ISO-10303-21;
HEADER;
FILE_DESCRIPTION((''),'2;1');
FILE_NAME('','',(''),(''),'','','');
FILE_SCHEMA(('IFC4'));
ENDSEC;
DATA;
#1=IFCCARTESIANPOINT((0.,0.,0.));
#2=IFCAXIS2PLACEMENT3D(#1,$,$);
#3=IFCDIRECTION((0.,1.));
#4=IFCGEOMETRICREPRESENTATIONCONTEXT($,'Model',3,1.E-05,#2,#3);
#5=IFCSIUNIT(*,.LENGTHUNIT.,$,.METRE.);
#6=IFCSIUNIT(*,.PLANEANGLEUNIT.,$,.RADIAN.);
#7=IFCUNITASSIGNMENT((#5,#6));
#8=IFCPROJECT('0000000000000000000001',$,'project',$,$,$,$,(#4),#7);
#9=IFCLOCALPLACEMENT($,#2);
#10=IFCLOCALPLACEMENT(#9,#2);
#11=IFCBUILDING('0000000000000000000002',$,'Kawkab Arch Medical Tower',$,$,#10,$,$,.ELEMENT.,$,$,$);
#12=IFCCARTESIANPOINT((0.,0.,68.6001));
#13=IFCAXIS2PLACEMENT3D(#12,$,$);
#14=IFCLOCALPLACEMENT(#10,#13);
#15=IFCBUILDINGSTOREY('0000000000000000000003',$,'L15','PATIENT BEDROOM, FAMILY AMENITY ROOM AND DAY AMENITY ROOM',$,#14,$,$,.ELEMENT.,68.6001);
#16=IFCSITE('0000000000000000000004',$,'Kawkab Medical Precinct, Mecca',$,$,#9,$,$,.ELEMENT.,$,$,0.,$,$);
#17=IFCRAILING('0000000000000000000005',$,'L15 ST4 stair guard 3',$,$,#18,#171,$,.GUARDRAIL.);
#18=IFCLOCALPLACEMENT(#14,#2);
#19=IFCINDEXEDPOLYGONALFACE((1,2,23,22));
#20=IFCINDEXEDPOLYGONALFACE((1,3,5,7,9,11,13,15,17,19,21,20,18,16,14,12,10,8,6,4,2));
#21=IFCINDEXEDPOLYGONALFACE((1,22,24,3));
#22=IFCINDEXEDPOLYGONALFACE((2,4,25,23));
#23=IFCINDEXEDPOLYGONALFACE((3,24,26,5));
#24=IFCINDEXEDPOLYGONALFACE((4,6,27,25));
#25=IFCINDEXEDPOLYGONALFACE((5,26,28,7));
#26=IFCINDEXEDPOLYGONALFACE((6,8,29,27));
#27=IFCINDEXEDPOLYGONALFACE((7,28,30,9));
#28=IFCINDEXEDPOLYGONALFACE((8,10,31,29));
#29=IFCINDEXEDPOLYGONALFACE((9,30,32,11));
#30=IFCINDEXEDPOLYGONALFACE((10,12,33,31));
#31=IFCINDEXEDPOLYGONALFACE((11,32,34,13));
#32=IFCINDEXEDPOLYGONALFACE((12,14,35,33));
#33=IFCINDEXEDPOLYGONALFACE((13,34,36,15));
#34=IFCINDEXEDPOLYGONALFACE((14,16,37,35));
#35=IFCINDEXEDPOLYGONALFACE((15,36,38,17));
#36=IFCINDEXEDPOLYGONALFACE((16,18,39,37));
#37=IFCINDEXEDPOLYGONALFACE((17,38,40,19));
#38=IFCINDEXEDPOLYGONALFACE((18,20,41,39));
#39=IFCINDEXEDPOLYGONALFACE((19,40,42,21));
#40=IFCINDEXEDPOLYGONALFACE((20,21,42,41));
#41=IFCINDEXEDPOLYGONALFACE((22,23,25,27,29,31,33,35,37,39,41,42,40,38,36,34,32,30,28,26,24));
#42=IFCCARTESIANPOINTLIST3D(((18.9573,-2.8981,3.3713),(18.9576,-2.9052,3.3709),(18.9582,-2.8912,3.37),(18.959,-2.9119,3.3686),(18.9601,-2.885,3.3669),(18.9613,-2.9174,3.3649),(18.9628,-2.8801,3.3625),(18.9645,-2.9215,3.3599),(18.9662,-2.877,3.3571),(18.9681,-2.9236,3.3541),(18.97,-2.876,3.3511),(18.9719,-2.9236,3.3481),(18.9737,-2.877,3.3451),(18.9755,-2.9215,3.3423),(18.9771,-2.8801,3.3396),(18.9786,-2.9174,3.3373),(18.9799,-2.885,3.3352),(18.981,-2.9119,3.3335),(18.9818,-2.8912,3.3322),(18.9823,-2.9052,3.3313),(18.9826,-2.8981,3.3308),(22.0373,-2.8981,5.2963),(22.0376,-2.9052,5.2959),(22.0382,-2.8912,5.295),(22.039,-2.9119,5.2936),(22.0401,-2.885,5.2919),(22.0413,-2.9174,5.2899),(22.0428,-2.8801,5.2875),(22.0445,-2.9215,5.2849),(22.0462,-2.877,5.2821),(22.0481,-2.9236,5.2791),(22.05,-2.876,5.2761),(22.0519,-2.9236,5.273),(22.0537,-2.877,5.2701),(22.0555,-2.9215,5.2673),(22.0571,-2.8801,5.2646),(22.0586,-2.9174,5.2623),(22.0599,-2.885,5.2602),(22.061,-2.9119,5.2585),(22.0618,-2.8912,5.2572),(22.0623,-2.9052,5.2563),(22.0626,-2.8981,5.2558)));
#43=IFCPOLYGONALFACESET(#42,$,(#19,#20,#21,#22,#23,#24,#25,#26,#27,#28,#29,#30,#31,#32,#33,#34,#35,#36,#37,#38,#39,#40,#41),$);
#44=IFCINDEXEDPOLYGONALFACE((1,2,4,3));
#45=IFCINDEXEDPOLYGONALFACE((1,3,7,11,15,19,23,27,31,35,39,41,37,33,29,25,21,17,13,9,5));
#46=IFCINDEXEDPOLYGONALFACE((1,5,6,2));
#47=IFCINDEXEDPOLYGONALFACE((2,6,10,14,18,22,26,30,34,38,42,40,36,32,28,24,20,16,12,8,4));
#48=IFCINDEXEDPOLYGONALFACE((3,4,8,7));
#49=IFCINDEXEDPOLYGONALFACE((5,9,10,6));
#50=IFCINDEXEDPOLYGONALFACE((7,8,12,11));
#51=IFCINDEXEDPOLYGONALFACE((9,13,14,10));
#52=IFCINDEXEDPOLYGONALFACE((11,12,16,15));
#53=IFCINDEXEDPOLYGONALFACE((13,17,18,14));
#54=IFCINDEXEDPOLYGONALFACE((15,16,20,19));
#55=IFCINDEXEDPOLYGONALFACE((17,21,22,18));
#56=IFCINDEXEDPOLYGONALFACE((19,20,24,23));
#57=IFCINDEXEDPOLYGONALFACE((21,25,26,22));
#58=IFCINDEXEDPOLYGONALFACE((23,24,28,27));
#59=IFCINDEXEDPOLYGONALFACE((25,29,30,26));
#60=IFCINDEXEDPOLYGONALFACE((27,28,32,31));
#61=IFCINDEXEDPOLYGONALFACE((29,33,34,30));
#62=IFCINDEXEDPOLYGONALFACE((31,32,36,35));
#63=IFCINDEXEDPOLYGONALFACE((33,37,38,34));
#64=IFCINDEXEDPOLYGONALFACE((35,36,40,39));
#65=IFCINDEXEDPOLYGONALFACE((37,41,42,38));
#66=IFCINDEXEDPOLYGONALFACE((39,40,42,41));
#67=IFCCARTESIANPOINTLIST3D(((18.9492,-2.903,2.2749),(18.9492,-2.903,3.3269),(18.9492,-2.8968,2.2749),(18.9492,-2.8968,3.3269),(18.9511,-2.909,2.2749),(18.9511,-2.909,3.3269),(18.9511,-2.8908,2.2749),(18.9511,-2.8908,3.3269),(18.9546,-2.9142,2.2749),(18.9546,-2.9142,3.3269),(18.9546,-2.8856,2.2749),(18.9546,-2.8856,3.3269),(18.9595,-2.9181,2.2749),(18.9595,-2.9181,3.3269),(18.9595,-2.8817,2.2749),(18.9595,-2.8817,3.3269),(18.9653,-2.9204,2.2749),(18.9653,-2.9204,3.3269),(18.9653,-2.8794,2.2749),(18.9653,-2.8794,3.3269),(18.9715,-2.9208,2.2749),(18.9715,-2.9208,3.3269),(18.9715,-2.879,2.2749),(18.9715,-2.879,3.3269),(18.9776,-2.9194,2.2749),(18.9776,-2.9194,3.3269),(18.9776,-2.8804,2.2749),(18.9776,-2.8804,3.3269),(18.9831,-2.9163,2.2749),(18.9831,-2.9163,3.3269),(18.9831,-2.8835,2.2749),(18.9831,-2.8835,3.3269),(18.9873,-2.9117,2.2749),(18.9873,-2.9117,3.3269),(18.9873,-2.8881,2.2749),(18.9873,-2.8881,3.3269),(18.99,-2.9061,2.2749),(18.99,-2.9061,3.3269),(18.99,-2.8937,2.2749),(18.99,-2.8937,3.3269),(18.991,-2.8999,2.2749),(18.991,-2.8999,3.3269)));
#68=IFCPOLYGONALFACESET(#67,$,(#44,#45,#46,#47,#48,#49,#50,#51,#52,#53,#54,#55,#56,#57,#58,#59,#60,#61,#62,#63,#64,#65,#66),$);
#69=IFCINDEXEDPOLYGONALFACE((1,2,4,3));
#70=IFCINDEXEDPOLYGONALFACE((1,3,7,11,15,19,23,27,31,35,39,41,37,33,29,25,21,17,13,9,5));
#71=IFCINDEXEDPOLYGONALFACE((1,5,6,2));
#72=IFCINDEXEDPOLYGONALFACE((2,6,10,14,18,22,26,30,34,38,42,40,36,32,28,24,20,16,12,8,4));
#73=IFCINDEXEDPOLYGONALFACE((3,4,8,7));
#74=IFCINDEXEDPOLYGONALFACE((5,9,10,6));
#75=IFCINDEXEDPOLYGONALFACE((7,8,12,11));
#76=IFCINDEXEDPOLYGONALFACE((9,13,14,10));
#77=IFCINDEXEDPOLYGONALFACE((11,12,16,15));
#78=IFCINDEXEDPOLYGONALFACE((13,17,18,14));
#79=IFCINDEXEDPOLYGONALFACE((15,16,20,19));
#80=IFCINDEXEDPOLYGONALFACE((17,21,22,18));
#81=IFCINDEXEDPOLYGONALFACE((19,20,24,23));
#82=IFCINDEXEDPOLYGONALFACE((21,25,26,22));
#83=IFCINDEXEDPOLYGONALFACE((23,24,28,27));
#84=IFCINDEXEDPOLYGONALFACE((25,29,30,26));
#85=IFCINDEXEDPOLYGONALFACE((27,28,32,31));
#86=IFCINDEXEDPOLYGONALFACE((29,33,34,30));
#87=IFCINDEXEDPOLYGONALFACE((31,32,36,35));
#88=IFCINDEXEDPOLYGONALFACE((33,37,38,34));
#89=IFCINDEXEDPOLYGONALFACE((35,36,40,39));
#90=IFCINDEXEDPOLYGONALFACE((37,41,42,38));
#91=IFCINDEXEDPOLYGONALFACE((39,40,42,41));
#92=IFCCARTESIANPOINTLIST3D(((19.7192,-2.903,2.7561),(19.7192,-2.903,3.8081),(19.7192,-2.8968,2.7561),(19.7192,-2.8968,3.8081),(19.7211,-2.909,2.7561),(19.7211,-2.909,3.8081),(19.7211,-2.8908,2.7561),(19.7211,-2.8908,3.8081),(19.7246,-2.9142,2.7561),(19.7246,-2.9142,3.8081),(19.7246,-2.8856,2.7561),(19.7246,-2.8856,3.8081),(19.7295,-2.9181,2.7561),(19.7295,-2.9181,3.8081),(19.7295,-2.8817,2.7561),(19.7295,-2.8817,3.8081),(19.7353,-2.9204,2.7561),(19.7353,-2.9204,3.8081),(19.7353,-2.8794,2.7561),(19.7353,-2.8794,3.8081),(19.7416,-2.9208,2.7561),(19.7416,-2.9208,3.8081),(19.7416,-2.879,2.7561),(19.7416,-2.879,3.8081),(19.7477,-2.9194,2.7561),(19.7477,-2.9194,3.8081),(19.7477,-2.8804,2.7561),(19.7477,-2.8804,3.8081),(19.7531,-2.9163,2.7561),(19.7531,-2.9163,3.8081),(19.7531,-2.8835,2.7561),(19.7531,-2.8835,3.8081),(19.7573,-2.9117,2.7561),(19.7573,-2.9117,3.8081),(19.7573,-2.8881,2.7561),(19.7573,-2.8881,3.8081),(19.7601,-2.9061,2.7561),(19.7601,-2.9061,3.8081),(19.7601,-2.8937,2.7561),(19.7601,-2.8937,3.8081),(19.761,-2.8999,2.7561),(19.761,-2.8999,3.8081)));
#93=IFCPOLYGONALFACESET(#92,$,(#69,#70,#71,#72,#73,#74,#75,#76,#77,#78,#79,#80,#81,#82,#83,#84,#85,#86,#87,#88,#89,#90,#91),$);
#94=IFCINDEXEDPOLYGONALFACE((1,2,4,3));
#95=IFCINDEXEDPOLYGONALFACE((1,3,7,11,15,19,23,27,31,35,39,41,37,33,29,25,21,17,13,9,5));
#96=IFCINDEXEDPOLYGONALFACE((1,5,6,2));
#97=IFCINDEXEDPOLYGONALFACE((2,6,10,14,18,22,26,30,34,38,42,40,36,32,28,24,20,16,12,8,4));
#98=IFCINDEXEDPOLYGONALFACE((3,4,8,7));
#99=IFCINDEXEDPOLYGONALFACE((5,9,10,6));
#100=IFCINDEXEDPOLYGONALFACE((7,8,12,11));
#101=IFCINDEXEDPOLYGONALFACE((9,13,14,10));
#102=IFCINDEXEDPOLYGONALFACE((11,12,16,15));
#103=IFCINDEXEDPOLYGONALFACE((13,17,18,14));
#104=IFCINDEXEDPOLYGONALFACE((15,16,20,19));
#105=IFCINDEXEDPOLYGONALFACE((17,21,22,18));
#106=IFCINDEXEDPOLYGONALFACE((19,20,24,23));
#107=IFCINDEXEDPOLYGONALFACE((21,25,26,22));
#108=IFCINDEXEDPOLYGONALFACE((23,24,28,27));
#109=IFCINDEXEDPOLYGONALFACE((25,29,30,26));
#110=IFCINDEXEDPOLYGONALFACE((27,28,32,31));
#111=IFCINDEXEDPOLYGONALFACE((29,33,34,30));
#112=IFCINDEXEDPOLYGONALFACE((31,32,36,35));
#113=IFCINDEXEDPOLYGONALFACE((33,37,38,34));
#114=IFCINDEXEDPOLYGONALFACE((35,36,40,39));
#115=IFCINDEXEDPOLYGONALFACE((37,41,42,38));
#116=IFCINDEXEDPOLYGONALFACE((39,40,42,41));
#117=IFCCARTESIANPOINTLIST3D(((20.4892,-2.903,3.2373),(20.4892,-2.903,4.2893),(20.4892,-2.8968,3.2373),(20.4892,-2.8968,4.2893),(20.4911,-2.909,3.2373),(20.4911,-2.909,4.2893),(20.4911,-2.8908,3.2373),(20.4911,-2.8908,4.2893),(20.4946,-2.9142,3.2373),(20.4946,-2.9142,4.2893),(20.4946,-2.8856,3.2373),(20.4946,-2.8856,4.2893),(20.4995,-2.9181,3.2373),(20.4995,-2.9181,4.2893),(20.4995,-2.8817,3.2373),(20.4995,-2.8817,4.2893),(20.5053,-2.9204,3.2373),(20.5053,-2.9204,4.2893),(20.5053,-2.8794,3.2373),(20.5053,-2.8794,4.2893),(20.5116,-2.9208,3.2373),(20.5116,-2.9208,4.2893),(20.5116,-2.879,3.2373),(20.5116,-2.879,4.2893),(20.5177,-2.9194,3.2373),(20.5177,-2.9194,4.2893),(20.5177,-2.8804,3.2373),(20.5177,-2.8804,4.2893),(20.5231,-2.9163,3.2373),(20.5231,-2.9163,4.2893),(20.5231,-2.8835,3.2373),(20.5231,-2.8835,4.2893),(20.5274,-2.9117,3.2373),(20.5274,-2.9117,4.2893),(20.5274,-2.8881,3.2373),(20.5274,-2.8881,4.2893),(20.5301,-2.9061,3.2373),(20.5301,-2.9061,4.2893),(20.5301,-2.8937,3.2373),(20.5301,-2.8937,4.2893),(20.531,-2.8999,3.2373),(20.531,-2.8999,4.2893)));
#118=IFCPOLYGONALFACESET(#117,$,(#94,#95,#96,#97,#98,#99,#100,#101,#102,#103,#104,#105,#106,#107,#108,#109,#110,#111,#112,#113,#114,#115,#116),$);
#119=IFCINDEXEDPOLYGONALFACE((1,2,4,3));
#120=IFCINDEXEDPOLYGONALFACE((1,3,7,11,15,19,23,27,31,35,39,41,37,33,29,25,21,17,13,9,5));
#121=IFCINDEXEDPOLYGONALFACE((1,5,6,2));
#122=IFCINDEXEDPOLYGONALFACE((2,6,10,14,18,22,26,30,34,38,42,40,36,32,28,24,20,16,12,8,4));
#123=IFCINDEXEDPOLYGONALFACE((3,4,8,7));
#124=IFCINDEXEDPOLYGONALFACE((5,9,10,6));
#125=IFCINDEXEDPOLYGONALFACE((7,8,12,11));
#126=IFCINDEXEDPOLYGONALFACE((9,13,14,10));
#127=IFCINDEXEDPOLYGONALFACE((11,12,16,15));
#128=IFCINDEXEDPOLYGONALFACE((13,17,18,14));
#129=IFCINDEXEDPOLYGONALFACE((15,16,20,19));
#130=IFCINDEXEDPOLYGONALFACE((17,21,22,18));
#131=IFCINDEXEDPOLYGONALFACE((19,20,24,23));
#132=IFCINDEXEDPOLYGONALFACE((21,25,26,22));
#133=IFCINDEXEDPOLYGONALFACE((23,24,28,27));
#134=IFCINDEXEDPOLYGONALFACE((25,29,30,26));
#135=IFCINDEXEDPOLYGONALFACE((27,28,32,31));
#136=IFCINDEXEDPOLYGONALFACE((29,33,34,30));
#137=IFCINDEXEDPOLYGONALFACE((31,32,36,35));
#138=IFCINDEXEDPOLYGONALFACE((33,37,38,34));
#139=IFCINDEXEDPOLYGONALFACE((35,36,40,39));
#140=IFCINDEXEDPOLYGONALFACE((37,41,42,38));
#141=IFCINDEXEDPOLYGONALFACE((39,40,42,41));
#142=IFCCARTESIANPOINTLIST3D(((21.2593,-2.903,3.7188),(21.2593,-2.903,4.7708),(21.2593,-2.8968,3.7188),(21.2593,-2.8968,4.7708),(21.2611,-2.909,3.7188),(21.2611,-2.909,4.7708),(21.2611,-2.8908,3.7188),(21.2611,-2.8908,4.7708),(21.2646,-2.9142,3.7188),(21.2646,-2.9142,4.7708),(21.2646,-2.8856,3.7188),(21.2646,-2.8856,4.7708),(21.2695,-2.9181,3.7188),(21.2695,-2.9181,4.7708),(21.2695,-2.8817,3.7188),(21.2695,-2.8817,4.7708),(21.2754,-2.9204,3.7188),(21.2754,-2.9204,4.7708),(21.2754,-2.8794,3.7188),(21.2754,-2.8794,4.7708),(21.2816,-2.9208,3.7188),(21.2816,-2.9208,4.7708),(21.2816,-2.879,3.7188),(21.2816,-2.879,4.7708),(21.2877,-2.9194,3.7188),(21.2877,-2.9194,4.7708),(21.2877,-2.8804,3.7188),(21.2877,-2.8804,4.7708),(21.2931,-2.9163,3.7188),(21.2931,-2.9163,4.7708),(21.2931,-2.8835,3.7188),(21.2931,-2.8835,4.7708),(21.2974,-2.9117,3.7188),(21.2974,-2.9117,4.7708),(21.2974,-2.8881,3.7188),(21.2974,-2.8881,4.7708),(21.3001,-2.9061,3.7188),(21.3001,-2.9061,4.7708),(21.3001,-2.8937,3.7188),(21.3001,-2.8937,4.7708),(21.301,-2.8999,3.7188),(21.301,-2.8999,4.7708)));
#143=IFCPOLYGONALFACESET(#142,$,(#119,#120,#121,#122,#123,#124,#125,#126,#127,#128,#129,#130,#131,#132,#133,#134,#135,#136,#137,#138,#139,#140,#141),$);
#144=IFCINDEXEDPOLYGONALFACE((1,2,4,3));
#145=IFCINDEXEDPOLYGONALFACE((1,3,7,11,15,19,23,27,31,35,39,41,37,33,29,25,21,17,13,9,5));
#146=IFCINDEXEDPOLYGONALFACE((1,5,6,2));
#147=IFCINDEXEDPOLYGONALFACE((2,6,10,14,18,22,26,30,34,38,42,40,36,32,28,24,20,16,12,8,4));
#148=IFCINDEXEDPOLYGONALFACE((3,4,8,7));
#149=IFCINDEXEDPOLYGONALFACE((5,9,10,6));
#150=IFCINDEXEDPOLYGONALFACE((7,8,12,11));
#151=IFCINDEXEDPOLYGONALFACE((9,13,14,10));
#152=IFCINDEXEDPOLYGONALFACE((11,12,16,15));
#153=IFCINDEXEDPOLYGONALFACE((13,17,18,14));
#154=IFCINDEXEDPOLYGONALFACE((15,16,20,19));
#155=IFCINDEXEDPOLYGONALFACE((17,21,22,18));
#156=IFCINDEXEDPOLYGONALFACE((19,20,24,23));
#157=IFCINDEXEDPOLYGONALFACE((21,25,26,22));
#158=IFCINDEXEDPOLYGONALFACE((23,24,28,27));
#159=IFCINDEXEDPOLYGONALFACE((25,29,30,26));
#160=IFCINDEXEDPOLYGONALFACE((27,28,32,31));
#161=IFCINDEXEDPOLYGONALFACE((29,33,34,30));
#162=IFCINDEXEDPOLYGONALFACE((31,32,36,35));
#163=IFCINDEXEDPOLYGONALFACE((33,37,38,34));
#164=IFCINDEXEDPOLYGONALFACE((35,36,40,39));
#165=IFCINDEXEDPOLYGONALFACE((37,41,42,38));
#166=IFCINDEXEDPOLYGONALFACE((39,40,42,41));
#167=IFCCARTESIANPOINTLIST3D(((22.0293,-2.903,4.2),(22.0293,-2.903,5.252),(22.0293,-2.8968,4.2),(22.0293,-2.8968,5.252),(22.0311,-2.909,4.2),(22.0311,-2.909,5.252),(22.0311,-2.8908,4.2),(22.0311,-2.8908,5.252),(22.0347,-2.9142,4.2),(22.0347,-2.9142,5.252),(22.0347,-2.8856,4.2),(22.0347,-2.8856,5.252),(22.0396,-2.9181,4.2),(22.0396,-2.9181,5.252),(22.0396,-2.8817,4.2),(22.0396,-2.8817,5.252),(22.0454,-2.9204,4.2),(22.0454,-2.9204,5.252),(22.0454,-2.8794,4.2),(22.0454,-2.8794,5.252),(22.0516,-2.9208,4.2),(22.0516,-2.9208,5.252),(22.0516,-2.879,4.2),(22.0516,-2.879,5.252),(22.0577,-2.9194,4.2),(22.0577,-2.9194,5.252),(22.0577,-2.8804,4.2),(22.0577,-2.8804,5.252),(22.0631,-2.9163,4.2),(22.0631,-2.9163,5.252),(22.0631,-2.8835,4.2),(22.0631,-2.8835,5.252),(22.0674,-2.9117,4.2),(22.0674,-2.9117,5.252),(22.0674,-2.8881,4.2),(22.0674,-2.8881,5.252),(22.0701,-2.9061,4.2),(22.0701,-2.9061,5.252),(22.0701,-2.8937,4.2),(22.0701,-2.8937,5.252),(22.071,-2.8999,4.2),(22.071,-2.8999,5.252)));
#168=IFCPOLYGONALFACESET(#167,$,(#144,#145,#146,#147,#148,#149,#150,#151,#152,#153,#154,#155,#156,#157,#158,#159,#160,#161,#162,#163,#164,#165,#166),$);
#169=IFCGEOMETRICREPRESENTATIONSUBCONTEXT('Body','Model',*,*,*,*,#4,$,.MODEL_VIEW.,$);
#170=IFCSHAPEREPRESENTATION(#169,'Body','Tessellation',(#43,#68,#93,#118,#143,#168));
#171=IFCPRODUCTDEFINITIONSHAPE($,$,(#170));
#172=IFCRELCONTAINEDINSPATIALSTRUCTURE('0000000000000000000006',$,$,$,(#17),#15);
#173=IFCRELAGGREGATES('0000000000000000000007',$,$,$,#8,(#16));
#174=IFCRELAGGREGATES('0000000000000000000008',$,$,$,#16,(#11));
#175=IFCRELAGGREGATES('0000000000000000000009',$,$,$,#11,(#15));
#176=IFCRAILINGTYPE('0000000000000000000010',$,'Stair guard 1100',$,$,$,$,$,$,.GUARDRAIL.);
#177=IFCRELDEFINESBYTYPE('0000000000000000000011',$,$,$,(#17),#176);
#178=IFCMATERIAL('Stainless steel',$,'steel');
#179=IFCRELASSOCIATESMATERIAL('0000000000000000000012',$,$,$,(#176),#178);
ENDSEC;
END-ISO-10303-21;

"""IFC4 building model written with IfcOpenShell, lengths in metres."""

from ifc_helpers import new_model, si_unit, direction, frame, origin, origin_2d, place, context, subcontext, project, spatial, circle, extrude, material, type_object, element, save


model = new_model("IFC4")

# Units and contexts
model_context = context("Model", 3, precision=1e-05, world=origin(), true_north=direction((0.0, 1.0)))
body_context = subcontext(model_context, "Body", "Model", "MODEL_VIEW")
ifc_project = project(units=[si_unit("LENGTHUNIT", "METRE"), si_unit("PLANEANGLEUNIT", "RADIAN")], contexts=[model_context])

# Site, building, storey
site_placement = place(None, origin())
site = spatial("IfcSite", under=ifc_project, at=site_placement, Name="Kawkab Medical Precinct, Mecca", CompositionType="ELEMENT", RefElevation=0.0)
building_placement = place(site_placement, origin())
building = spatial("IfcBuilding", under=site, at=building_placement, Name="Kawkab Arch Medical Tower", CompositionType="ELEMENT")
storey_placement = place(building_placement, frame((0.0, 0.0, 68.6001)))
storey = spatial("IfcBuildingStorey", under=building, at=storey_placement, Name="L15", Description="PATIENT BEDROOM, FAMILY AMENITY ROOM AND DAY AMENITY ROOM", CompositionType="ELEMENT", Elevation=68.6001)

# Railing
ifc_material_1 = material(Name="Stainless steel", Category="steel")
railing_type = type_object("IfcRailingType", Name="Stair guard 1100", PredefinedType="GUARDRAIL", material=ifc_material_1)
railing_1_placement = place(storey_placement, frame((18.97, -2.8999, 2.2749)))
element("IfcRailing", 1, at=railing_1_placement, inside=storey, type_object=railing_type, Name="L15 ST4 stair guard 3", PredefinedType="GUARDRAIL", context=body_context, shape_type="SweptSolid", body=[
    extrude(circle(Radius=0.0239, at=origin_2d()), frame((0.0, 0.0, 1.0762), z_axis=(0.847998, 0.0, 0.529999), x_axis=(0.0, 1.0, 0.0)), (0.0, 0.0, 1.0), 3.6321),
    extrude(circle(Radius=0.021, at=origin_2d()), origin(), (0.0, 0.0, 1.0), 1.052),
    extrude(circle(Radius=0.021, at=origin_2d()), frame((0.77, 0.0, 0.4812)), (0.0, 0.0, 1.0), 1.052),
    extrude(circle(Radius=0.021, at=origin_2d()), frame((1.54, 0.0, 0.9624)), (0.0, 0.0, 1.0), 1.052),
    extrude(circle(Radius=0.021, at=origin_2d()), frame((2.3101, 0.0, 1.4438)), (0.0, 0.0, 1.0), 1.052),
    extrude(circle(Radius=0.021, at=origin_2d()), frame((3.0801, 0.0, 1.925)), (0.0, 0.0, 1.0), 1.052),
])

save(model, "model.ifc")
